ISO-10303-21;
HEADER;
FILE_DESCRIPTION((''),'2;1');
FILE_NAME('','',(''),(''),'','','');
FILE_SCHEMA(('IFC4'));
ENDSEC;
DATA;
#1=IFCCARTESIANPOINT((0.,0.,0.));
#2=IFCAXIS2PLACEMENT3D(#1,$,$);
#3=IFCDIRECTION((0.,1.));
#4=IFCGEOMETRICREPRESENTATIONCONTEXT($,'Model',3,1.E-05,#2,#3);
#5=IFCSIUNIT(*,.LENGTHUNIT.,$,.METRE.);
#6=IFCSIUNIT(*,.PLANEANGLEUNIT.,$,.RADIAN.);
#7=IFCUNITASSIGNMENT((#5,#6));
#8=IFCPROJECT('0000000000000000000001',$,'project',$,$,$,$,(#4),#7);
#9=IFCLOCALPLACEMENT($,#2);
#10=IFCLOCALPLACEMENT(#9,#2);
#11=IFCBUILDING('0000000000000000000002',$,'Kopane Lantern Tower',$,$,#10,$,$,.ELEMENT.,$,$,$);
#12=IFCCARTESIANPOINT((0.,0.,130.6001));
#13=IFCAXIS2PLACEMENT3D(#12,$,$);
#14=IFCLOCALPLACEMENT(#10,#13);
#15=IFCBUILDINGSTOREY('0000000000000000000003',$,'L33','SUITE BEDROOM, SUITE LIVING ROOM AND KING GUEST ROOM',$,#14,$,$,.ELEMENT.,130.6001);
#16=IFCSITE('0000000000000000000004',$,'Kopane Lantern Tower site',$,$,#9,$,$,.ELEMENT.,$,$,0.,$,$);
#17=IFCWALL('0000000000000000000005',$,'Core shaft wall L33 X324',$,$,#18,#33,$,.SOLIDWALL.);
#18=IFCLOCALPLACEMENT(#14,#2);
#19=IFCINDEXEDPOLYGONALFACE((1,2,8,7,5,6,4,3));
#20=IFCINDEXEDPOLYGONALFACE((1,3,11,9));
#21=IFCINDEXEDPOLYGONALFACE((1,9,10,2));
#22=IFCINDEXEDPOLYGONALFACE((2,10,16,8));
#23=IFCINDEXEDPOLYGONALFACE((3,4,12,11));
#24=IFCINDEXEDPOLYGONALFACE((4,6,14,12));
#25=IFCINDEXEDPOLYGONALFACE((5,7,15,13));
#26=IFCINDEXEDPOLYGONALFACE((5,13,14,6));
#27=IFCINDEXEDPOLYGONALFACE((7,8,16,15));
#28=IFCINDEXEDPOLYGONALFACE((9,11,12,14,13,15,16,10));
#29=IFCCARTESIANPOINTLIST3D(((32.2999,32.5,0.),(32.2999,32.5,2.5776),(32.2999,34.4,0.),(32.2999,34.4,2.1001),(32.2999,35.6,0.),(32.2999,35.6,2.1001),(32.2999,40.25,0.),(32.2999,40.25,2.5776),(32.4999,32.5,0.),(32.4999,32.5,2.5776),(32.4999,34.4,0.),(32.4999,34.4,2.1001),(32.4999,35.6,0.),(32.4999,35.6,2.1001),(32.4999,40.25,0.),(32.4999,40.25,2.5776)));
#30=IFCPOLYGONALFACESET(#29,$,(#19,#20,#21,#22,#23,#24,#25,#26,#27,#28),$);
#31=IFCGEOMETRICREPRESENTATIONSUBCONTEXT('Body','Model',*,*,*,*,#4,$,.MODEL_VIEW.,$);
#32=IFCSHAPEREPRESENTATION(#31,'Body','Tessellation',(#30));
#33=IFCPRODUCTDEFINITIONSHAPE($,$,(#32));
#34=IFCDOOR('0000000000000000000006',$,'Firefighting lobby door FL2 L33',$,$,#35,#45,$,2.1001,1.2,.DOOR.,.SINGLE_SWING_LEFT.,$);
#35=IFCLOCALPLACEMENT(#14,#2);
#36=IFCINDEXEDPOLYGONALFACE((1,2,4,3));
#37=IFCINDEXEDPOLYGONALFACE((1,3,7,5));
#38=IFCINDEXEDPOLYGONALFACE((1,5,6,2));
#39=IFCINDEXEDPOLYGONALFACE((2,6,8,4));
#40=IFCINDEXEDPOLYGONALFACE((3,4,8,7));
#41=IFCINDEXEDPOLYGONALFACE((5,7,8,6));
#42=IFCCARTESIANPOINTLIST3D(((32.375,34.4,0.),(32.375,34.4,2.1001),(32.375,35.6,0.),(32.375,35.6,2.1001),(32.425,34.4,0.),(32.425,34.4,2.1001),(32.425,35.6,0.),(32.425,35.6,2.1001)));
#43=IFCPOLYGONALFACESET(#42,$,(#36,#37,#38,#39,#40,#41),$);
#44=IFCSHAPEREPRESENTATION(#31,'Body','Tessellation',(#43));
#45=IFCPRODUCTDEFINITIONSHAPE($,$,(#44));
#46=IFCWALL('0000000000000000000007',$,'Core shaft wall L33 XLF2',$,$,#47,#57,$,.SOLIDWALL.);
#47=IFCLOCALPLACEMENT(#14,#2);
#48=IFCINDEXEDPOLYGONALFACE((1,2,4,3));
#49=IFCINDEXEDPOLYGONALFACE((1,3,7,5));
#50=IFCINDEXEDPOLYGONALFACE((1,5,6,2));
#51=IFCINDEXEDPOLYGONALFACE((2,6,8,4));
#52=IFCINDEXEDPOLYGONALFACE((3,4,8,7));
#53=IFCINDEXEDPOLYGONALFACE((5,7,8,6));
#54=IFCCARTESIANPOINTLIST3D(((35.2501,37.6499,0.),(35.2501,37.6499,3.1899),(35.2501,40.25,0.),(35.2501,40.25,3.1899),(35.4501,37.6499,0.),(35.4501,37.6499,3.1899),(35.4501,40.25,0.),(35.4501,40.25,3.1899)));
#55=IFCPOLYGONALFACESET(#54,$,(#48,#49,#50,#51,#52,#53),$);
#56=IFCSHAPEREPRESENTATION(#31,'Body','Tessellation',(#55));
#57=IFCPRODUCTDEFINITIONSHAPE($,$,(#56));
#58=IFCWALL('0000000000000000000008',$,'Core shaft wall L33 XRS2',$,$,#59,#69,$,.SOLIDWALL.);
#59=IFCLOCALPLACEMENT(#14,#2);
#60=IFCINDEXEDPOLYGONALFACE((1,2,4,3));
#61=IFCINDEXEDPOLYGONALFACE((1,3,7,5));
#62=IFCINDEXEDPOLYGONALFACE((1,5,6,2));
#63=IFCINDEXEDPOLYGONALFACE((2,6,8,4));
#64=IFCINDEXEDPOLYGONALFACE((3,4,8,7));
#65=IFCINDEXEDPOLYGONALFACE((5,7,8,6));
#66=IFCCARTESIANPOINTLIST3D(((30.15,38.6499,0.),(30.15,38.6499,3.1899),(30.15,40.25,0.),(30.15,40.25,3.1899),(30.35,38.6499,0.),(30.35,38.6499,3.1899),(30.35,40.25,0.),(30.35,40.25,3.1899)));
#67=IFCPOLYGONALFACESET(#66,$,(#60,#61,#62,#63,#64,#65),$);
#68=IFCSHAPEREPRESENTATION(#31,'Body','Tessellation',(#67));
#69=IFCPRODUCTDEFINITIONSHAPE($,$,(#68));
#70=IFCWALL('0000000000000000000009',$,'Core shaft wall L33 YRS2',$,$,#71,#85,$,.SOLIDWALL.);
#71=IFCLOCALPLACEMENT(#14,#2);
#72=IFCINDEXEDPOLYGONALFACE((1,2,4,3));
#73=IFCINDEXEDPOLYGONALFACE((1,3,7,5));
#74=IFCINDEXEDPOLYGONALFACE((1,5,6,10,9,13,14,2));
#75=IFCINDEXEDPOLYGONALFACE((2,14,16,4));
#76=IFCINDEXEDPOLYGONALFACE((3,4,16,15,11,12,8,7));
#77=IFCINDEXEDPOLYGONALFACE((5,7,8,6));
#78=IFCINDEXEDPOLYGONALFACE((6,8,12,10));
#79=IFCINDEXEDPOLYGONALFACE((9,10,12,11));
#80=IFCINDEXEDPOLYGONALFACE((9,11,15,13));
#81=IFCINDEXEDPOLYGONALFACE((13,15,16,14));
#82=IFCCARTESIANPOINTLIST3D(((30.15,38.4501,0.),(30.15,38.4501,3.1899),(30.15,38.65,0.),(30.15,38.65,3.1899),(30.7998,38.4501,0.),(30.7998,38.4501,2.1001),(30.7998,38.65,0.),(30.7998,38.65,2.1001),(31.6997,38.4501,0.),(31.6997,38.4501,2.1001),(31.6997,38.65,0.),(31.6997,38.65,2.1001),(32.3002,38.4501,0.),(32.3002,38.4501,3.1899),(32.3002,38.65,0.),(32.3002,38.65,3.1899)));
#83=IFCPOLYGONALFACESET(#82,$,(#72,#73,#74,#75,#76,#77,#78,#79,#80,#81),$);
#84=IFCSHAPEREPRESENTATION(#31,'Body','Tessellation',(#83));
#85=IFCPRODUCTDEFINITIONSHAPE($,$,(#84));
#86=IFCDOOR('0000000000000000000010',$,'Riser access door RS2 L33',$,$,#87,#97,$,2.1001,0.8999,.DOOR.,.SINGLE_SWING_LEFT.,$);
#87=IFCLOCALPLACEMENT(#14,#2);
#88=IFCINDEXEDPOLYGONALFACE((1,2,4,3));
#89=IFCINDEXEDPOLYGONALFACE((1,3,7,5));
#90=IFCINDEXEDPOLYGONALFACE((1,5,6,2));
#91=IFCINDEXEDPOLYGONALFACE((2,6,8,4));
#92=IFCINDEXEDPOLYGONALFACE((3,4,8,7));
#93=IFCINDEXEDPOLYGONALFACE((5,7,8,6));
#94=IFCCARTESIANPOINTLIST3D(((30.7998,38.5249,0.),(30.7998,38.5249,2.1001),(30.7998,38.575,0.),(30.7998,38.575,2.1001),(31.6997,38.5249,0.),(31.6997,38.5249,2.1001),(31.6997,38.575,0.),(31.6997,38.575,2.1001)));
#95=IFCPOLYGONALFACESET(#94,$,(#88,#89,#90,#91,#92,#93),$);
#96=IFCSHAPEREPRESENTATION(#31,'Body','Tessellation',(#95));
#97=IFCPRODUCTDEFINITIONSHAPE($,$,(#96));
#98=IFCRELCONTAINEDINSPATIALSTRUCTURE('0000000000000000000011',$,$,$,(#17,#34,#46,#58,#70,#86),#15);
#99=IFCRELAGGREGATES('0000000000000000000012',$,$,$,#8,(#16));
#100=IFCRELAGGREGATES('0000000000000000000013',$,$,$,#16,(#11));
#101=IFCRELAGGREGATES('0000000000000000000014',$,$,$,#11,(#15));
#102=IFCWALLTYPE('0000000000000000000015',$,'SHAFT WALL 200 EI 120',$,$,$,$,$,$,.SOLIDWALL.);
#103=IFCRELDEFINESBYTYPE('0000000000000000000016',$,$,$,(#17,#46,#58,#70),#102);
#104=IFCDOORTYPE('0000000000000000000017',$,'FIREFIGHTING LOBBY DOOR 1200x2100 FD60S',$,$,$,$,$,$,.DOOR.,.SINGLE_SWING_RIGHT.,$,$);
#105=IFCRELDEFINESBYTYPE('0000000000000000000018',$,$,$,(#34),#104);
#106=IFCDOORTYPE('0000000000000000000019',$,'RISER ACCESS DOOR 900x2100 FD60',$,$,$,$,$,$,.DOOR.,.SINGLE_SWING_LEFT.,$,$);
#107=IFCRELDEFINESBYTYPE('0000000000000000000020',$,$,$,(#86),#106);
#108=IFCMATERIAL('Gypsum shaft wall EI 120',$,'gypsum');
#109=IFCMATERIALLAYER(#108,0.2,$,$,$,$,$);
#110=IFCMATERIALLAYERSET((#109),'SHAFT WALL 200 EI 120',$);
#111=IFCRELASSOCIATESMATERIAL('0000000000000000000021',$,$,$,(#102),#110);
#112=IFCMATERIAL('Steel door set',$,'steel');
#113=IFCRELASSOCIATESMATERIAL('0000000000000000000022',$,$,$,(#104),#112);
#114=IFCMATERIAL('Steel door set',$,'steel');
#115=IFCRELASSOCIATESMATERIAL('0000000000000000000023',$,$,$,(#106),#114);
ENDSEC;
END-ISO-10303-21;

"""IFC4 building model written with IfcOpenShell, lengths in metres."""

from ifc_helpers import new_model, si_unit, direction, frame, frame_2d, origin, place, context, subcontext, project, spatial, rectangle, extrude, material, layer, layer_set, type_object, element, fill, save


model = new_model("IFC4")

# Units and contexts
model_context = context("Model", 3, precision=1e-05, world=origin(), true_north=direction((0.0, 1.0)))
body_context = subcontext(model_context, "Body", "Model", "MODEL_VIEW")
ifc_project = project(units=[si_unit("LENGTHUNIT", "METRE"), si_unit("PLANEANGLEUNIT", "RADIAN")], contexts=[model_context])

# Site, building, storey
site_placement = place(None, origin())
site = spatial("IfcSite", under=ifc_project, at=site_placement, Name="Kopane Lantern Tower site", CompositionType="ELEMENT", RefElevation=0.0)
building_placement = place(site_placement, origin())
building = spatial("IfcBuilding", under=site, at=building_placement, Name="Kopane Lantern Tower", CompositionType="ELEMENT")
storey_placement = place(building_placement, frame((0.0, 0.0, 130.6001)))
storey = spatial("IfcBuildingStorey", under=building, at=storey_placement, Name="L33", Description="SUITE BEDROOM, SUITE LIVING ROOM AND KING GUEST ROOM", CompositionType="ELEMENT", Elevation=130.6001)

# Wall, opening, door
ifc_material_1 = material(Name="Gypsum shaft wall EI 120", Category="gypsum")
ifc_layer_1 = layer(ifc_material_1, 0.2)
ifc_layer_set_1 = layer_set([ifc_layer_1], Name="SHAFT WALL 200 EI 120")
wall_type_1 = type_object("IfcWallType", Name="SHAFT WALL 200 EI 120", PredefinedType="SOLIDWALL", material=ifc_layer_set_1)
wall_1_placement = place(storey_placement, frame((32.3999, 32.5, 0.0), z_axis=(0.0, 0.0, 1.0), x_axis=(0.0, 1.0, 0.0)))
wall_1 = element("IfcWall", 1, at=wall_1_placement, inside=storey, type_object=wall_type_1, Name="Core shaft wall L33 X324", PredefinedType="SOLIDWALL", context=body_context, shape_type="SweptSolid", body=[
    extrude(rectangle(XDim=7.75, YDim=0.2, at=frame_2d((3.875, 0.0))), origin(), (0.0, 0.0, 1.0), 2.5776),
])
opening_1_placement = place(wall_1_placement, frame((1.8999, 0.0, 0.0)))
opening_1 = element("IfcOpeningElement", 2, at=opening_1_placement, cuts=wall_1, PredefinedType="OPENING", context=body_context, shape_type="SweptSolid", body=[
    extrude(rectangle(XDim=1.2, YDim=2.1001, at=frame_2d((0.6001, 1.05))), frame((0.0, 0.1099, 0.0), z_axis=(0.0, -1.0, 0.0), x_axis=(1.0, 0.0, 0.0)), (0.0, 0.0, 1.0), 0.22),
])
ifc_material_2 = material(Name="Steel door set", Category="steel")
door_type_1 = type_object("IfcDoorType", Name="FIREFIGHTING LOBBY DOOR 1200x2100 FD60S", OperationType="SINGLE_SWING_RIGHT", PredefinedType="DOOR", material=ifc_material_2)
door_1_placement = place(opening_1_placement, origin())
door_1 = element("IfcDoor", 3, at=door_1_placement, inside=storey, type_object=door_type_1, Name="Firefighting lobby door FL2 L33", OperationType="SINGLE_SWING_LEFT", OverallHeight=2.1001, OverallWidth=1.2, PredefinedType="DOOR", context=body_context, shape_type="SweptSolid", body=[
    extrude(rectangle(XDim=1.2, YDim=2.1001, at=frame_2d((0.6001, 1.05))), frame((0.0, 0.0249, 0.0), z_axis=(0.0, -1.0, 0.0), x_axis=(1.0, 0.0, 0.0)), (0.0, 0.0, 1.0), 0.05),
])
fill(opening_1, door_1)

# Walls
wall_2_placement = place(storey_placement, frame((35.3501, 37.6499, 0.0), z_axis=(0.0, 0.0, 1.0), x_axis=(0.0, 1.0, 0.0)))
element("IfcWall", 4, at=wall_2_placement, inside=storey, type_object=wall_type_1, Name="Core shaft wall L33 XLF2", PredefinedType="SOLIDWALL", context=body_context, shape_type="SweptSolid", body=[
    extrude(rectangle(XDim=2.6001, YDim=0.2, at=frame_2d((1.3, 0.0))), origin(), (0.0, 0.0, 1.0), 3.1899),
])
wall_3_placement = place(storey_placement, frame((30.25, 38.6499, 0.0), z_axis=(0.0, 0.0, 1.0), x_axis=(0.0, 1.0, 0.0)))
element("IfcWall", 5, at=wall_3_placement, inside=storey, type_object=wall_type_1, Name="Core shaft wall L33 XRS2", PredefinedType="SOLIDWALL", context=body_context, shape_type="SweptSolid", body=[
    extrude(rectangle(XDim=1.6001, YDim=0.2, at=frame_2d((0.8, 0.0))), origin(), (0.0, 0.0, 1.0), 3.1899),
])

# Wall, opening, door
wall_4_placement = place(storey_placement, frame((30.1499, 38.55, 0.0), z_axis=(0.0, 0.0, 1.0), x_axis=(1.0, 0.0, 0.0)))
wall_4 = element("IfcWall", 6, at=wall_4_placement, inside=storey, type_object=wall_type_1, Name="Core shaft wall L33 YRS2", PredefinedType="SOLIDWALL", context=body_context, shape_type="SweptSolid", body=[
    extrude(rectangle(XDim=2.1501, YDim=0.2, at=frame_2d((1.0752, 0.0))), origin(), (0.0, 0.0, 1.0), 3.1899),
])
opening_2_placement = place(wall_4_placement, frame((0.6499, 0.0, 0.0)))
opening_2 = element("IfcOpeningElement", 7, at=opening_2_placement, cuts=wall_4, PredefinedType="OPENING", context=body_context, shape_type="SweptSolid", body=[
    extrude(rectangle(XDim=0.8999, YDim=2.1001, at=frame_2d((0.45, 1.05))), frame((0.0, 0.1099, 0.0), z_axis=(0.0, -1.0, 0.0), x_axis=(1.0, 0.0, 0.0)), (0.0, 0.0, 1.0), 0.22),
])
ifc_material_3 = material(Name="Steel door set", Category="steel")
door_type_2 = type_object("IfcDoorType", Name="RISER ACCESS DOOR 900x2100 FD60", OperationType="SINGLE_SWING_LEFT", PredefinedType="DOOR", material=ifc_material_3)
door_2_placement = place(opening_2_placement, origin())
door_2 = element("IfcDoor", 8, at=door_2_placement, inside=storey, type_object=door_type_2, Name="Riser access door RS2 L33", OperationType="SINGLE_SWING_LEFT", OverallHeight=2.1001, OverallWidth=0.8999, PredefinedType="DOOR", context=body_context, shape_type="SweptSolid", body=[
    extrude(rectangle(XDim=0.8999, YDim=2.1001, at=frame_2d((0.45, 1.05))), frame((0.0, 0.0249, 0.0), z_axis=(0.0, -1.0, 0.0), x_axis=(1.0, 0.0, 0.0)), (0.0, 0.0, 1.0), 0.05),
])
fill(opening_2, door_2)

save(model, "model.ifc")
